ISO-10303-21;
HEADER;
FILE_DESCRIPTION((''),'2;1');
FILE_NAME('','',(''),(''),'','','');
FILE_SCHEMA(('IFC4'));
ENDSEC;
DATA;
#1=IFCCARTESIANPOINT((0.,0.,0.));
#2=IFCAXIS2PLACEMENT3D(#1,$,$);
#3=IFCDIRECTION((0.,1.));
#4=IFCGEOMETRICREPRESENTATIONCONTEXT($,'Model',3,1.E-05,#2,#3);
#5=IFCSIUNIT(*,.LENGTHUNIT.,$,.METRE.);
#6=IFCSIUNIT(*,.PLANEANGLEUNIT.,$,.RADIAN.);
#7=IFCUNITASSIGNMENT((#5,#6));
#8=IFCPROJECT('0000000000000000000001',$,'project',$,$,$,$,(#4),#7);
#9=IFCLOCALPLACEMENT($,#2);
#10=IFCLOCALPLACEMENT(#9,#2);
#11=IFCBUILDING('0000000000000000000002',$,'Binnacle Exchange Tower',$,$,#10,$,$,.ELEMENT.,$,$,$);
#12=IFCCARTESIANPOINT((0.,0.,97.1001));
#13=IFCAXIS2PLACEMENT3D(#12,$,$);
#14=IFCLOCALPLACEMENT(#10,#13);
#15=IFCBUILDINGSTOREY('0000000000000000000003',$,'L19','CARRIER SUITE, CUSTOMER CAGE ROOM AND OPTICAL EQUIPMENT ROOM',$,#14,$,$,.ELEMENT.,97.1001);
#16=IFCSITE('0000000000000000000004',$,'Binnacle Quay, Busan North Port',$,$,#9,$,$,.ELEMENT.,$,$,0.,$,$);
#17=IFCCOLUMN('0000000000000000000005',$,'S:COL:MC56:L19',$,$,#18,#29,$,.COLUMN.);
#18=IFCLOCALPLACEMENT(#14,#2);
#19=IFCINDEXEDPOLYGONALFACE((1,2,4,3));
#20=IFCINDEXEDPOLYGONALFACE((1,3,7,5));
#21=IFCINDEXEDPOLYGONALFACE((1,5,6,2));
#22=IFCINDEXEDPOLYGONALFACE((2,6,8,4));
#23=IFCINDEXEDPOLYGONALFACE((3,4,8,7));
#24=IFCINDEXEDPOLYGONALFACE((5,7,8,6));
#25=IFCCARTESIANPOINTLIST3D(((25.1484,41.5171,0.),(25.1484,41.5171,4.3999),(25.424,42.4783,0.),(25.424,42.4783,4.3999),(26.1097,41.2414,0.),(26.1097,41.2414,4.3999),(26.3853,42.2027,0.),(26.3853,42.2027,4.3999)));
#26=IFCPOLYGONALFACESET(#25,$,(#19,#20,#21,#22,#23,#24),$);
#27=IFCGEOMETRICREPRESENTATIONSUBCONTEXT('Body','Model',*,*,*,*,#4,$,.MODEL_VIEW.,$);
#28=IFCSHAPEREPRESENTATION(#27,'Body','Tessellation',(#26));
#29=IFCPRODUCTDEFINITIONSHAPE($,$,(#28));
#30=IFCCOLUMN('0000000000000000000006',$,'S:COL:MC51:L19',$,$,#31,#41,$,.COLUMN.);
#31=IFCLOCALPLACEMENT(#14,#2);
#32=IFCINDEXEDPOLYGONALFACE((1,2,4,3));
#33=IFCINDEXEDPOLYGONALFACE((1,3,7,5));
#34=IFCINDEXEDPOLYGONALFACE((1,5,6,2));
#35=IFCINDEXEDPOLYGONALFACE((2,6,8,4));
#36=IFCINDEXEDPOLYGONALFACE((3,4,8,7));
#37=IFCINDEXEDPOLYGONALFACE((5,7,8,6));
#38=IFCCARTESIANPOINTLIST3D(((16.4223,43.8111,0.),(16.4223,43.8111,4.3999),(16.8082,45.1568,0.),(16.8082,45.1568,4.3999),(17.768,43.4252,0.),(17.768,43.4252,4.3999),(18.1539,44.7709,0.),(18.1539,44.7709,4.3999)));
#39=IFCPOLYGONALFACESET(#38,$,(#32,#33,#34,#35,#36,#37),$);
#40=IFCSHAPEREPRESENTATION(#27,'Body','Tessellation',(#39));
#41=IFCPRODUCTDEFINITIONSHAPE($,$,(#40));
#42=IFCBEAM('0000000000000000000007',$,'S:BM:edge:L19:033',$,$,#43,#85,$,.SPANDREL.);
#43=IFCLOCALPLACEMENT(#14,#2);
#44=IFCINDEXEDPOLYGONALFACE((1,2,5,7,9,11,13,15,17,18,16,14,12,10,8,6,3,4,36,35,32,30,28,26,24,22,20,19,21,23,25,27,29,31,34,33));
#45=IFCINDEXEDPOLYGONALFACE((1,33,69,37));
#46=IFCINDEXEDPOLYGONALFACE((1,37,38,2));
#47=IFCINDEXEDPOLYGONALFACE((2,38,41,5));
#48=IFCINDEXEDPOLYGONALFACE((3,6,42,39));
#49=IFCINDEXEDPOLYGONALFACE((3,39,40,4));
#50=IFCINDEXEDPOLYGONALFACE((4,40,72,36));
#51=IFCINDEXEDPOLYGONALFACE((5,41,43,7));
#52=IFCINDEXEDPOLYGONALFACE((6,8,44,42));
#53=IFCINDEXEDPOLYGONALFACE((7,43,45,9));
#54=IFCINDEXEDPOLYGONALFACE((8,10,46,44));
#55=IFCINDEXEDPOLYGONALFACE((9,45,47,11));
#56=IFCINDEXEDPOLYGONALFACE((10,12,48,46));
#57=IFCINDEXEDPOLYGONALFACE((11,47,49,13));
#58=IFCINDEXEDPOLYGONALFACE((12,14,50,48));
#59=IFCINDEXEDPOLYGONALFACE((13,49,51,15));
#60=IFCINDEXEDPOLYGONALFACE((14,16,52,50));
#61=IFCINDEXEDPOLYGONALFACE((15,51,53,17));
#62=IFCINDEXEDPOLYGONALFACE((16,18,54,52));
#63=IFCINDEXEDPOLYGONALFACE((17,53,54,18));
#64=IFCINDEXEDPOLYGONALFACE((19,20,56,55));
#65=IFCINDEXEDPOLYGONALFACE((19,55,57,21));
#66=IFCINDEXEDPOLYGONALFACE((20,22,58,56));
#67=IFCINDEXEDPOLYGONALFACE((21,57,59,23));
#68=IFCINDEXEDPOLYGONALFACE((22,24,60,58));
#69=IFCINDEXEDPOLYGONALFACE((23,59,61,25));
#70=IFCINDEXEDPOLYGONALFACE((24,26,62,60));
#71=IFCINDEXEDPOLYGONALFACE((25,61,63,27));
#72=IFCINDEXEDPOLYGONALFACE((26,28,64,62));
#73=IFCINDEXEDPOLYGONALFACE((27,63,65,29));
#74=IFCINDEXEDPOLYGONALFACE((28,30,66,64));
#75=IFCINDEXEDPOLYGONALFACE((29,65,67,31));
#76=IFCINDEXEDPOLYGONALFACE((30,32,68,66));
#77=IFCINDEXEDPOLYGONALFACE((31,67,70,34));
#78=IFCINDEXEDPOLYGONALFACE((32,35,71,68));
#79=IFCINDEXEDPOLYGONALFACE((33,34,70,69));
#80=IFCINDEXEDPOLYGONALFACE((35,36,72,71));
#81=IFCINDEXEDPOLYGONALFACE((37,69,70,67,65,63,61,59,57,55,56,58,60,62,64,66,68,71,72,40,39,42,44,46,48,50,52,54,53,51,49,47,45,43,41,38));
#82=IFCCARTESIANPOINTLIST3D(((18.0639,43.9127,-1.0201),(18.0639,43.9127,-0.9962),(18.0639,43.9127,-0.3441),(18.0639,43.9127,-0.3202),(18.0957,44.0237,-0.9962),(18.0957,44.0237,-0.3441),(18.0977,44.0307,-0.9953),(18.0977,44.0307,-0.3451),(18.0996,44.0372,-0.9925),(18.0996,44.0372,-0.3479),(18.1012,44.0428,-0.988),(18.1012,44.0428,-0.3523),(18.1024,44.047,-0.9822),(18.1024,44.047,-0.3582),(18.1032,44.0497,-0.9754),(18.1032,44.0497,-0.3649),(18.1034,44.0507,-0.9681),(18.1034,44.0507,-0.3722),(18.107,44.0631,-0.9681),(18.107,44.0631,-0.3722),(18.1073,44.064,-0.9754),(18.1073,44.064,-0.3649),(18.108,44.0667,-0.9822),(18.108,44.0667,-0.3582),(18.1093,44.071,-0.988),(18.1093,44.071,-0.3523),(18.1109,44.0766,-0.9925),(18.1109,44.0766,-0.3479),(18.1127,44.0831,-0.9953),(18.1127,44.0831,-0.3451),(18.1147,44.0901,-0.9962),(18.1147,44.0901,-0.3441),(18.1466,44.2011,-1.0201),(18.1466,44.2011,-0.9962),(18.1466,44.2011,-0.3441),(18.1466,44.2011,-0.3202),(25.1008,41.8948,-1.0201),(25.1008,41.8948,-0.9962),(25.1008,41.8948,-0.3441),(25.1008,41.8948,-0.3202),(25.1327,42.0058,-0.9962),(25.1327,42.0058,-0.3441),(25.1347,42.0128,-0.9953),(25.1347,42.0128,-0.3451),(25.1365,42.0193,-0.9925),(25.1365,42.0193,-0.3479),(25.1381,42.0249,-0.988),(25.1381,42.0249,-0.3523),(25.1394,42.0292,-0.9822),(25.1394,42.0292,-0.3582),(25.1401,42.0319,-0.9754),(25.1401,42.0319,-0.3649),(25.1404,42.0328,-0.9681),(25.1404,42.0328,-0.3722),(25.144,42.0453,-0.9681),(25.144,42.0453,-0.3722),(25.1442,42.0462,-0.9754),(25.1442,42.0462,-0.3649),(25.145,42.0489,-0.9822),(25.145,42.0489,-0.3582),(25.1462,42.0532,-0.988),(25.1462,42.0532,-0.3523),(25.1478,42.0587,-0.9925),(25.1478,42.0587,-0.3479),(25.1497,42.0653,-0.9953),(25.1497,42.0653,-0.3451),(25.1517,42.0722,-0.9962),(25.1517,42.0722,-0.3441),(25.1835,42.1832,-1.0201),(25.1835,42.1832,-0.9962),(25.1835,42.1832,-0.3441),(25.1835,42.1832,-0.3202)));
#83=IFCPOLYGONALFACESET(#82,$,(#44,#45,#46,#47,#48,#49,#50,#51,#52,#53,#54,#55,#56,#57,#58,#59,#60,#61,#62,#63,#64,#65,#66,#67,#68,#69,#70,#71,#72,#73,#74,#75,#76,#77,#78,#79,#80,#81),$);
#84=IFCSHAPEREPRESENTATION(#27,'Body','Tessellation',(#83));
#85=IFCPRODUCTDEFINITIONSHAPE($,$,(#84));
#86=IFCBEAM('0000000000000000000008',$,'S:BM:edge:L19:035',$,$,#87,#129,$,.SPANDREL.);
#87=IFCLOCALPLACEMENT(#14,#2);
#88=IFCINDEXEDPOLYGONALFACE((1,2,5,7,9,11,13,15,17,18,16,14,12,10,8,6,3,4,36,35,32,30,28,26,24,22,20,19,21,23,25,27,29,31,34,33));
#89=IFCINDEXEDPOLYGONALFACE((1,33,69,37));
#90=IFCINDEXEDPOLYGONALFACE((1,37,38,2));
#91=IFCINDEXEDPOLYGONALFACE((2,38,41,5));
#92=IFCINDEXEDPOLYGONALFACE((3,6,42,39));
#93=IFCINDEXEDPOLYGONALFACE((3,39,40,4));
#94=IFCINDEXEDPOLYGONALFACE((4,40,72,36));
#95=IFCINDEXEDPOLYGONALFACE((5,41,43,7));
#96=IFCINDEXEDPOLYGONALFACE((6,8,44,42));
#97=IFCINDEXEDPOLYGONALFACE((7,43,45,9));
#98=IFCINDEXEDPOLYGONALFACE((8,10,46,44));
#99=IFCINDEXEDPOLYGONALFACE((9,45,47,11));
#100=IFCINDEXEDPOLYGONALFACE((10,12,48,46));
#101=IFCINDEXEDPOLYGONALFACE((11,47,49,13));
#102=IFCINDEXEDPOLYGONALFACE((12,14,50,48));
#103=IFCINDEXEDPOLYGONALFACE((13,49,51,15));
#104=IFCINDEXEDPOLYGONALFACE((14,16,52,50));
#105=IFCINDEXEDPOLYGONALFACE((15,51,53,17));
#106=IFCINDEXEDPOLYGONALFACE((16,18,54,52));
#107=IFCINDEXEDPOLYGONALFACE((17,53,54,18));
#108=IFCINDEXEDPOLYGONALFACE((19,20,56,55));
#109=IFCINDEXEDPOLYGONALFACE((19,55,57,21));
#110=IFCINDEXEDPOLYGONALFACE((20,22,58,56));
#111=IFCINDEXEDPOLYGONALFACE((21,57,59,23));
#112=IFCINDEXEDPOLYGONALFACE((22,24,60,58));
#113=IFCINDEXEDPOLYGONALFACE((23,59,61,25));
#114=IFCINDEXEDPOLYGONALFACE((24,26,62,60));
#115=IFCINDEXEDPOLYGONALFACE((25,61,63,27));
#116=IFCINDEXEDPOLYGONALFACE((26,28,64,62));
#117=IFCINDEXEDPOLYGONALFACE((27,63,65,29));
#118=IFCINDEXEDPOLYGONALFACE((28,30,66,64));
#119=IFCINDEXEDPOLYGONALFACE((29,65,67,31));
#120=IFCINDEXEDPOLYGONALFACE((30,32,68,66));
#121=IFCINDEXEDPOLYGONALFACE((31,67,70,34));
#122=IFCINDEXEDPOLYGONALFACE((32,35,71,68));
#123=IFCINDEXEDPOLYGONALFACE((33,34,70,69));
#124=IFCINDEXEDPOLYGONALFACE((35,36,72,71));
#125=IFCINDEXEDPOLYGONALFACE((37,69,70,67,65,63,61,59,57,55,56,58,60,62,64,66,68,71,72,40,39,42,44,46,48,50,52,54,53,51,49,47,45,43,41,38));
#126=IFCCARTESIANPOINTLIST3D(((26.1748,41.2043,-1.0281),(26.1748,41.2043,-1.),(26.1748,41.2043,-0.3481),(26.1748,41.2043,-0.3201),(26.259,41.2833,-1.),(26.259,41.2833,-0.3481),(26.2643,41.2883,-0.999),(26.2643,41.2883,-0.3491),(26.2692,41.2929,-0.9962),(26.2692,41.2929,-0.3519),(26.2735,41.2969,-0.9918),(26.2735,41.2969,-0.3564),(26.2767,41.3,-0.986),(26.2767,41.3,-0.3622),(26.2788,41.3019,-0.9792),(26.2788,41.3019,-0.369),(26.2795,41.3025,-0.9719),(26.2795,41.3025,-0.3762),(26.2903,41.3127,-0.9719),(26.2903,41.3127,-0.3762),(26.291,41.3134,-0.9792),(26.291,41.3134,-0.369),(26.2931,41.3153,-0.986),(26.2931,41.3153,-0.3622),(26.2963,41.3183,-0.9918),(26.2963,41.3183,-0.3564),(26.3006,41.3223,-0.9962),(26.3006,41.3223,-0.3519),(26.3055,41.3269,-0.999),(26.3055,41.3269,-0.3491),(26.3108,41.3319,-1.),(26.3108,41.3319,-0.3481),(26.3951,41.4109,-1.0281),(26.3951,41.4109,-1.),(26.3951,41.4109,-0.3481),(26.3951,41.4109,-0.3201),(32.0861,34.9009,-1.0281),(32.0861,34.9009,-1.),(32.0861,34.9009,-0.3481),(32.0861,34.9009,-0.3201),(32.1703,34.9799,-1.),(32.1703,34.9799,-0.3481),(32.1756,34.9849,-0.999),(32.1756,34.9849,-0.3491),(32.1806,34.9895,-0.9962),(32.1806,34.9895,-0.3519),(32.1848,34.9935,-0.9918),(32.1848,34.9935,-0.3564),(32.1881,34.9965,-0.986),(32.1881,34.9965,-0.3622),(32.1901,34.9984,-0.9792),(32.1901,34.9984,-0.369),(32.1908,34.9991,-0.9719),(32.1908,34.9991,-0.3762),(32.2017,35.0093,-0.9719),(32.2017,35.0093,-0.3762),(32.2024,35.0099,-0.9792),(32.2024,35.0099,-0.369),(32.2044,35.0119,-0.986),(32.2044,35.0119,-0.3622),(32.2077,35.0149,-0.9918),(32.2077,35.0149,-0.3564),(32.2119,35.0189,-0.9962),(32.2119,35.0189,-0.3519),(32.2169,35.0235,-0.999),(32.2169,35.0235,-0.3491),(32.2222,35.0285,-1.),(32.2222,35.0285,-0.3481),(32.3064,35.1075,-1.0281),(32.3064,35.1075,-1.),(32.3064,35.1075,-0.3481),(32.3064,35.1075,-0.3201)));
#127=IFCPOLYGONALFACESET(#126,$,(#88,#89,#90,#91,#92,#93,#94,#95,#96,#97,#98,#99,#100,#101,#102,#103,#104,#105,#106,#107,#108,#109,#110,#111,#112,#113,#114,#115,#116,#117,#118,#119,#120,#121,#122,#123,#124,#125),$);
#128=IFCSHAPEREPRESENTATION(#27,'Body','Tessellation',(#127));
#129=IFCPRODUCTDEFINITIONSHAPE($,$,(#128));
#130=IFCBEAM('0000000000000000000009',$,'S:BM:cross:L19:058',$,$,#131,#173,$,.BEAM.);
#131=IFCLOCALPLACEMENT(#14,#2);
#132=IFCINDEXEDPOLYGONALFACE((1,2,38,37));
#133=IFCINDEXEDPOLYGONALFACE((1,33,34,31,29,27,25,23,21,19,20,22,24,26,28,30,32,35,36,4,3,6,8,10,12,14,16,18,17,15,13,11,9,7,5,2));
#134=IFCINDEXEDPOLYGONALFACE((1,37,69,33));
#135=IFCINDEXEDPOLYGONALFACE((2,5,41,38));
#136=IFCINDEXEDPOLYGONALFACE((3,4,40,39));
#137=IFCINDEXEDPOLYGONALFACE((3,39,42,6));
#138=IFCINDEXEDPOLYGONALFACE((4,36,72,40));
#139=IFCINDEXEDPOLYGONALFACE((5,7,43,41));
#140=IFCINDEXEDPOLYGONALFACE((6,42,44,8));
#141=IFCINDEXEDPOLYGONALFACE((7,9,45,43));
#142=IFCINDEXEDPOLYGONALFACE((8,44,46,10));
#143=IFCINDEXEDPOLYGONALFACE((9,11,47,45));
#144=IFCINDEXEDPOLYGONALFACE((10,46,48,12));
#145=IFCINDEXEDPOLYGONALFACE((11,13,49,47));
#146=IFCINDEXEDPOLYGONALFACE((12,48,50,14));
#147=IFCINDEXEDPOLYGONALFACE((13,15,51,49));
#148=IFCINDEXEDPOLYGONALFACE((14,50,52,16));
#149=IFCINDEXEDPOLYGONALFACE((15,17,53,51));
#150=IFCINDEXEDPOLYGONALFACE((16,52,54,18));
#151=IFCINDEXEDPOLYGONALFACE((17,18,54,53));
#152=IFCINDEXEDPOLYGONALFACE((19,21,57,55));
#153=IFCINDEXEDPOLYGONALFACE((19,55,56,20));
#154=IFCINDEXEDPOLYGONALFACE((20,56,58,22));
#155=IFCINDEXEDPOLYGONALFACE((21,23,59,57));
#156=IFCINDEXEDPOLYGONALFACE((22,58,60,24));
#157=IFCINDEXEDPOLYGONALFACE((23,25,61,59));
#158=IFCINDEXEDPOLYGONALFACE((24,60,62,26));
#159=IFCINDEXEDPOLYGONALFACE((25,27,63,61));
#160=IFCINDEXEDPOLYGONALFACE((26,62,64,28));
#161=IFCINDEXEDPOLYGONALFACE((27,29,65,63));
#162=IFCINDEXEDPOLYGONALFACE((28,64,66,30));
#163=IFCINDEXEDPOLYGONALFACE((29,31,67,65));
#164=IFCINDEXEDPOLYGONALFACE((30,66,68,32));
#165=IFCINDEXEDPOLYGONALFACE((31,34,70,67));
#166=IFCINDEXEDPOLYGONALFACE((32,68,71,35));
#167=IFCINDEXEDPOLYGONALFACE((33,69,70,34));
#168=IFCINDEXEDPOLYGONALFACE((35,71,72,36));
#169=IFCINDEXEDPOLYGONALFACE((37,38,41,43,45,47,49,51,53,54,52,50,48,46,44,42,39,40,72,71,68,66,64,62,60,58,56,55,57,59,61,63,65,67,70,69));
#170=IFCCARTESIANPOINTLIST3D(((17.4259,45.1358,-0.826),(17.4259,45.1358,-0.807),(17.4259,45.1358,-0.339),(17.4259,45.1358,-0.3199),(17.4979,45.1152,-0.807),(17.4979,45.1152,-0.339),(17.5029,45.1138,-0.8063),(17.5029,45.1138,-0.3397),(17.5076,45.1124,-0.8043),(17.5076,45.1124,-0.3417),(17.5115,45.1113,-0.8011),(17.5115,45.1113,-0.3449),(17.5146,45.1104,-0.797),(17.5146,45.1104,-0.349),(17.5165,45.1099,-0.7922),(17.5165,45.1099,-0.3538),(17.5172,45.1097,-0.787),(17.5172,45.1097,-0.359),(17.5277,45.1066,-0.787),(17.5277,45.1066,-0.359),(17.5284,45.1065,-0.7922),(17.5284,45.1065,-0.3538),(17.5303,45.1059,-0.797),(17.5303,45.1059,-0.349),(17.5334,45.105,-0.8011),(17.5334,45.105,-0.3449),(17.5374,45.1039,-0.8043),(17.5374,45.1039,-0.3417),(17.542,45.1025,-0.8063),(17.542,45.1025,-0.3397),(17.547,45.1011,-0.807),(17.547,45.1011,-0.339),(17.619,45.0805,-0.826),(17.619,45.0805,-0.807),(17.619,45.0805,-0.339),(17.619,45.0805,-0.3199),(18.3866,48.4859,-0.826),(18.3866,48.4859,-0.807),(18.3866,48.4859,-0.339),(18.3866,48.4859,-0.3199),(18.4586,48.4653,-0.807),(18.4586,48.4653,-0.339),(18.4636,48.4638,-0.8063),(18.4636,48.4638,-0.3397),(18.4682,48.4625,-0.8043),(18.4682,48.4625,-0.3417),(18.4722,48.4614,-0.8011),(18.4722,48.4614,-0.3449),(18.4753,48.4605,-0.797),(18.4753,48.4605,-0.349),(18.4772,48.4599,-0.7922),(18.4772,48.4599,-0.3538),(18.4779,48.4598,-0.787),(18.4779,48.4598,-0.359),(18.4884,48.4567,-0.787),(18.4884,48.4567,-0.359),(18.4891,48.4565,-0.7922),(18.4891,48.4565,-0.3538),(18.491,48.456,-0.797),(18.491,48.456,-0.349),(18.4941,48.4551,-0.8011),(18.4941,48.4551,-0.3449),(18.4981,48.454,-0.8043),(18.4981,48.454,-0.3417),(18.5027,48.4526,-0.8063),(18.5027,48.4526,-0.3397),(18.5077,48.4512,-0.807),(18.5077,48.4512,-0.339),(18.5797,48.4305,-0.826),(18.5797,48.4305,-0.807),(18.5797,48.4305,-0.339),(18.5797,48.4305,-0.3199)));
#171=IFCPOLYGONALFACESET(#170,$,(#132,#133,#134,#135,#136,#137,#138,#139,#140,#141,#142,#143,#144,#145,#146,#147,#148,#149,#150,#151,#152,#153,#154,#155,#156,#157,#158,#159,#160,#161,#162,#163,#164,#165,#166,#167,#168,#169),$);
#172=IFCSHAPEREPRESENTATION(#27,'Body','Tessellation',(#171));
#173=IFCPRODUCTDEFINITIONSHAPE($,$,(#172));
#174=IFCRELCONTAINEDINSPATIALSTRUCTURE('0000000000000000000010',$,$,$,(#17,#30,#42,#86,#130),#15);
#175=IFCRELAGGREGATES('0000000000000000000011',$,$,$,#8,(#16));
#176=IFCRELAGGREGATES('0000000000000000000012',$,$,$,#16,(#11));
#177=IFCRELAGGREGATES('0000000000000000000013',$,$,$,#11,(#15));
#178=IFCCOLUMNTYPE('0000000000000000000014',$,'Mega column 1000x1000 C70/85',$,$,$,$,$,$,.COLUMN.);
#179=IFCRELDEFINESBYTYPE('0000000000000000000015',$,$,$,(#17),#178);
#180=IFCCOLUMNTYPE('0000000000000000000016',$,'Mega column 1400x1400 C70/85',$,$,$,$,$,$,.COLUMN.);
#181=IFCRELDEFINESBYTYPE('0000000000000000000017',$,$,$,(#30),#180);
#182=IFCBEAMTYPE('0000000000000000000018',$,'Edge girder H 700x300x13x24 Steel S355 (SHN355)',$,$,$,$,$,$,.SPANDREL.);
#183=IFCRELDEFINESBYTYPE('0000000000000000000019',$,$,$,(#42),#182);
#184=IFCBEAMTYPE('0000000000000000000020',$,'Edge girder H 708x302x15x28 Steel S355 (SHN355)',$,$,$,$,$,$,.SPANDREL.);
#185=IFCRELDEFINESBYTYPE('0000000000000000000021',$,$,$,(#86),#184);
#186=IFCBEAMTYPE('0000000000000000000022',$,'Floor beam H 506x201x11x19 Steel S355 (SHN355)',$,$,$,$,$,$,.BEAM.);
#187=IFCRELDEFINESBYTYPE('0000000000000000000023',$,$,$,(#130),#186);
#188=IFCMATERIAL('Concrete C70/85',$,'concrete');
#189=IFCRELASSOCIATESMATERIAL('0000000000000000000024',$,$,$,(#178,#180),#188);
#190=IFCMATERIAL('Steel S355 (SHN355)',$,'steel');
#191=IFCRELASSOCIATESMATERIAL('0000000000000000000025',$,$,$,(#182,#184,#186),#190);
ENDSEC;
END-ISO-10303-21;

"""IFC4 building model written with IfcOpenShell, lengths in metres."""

from ifc_helpers import new_model, si_unit, direction, frame, origin, origin_2d, place, context, subcontext, project, spatial, rectangle, i_section, extrude, material, material_profile, profile_set, type_object, element, save


model = new_model("IFC4")

# Units and contexts
model_context = context("Model", 3, precision=1e-05, world=origin(), true_north=direction((0.0, 1.0)))
body_context = subcontext(model_context, "Body", "Model", "MODEL_VIEW")
ifc_project = project(units=[si_unit("LENGTHUNIT", "METRE"), si_unit("PLANEANGLEUNIT", "RADIAN")], contexts=[model_context])

# Site, building, storey
site_placement = place(None, origin())
site = spatial("IfcSite", under=ifc_project, at=site_placement, Name="Binnacle Quay, Busan North Port", CompositionType="ELEMENT", RefElevation=0.0)
building_placement = place(site_placement, origin())
building = spatial("IfcBuilding", under=site, at=building_placement, Name="Binnacle Exchange Tower", CompositionType="ELEMENT")
storey_placement = place(building_placement, frame((0.0, 0.0, 97.1001)))
storey = spatial("IfcBuildingStorey", under=building, at=storey_placement, Name="L19", Description="CARRIER SUITE, CUSTOMER CAGE ROOM AND OPTICAL EQUIPMENT ROOM", CompositionType="ELEMENT", Elevation=97.1001)

# Columns
ifc_material_1 = material(Name="Concrete C70/85", Category="concrete")
ifc_material_profile_1 = material_profile(ifc_material_1, rectangle(XDim=1.0, YDim=1.0, at=origin_2d()), Name="Mega column 1000x1000 C70/85")
ifc_profile_set_1 = profile_set([ifc_material_profile_1], Name="Concrete C70/85")
column_type_1 = type_object("IfcColumnType", Name="Mega column 1000x1000 C70/85", PredefinedType="COLUMN", material=ifc_profile_set_1)
column_1_placement = place(storey_placement, frame((25.7668, 41.8599, 0.0), z_axis=(0.0, 0.0, 1.0), x_axis=(0.961262, -0.275637, 0.0)))
element("IfcColumn", 1, at=column_1_placement, inside=storey, type_object=column_type_1, Name="S:COL:MC56:L19", PredefinedType="COLUMN", context=body_context, shape_type="SweptSolid", body=[
    extrude(rectangle(XDim=1.0, YDim=1.0, at=origin_2d()), origin(), (0.0, 0.0, 1.0), 4.3999),
])
ifc_material_profile_2 = material_profile(ifc_material_1, rectangle(XDim=1.3999, YDim=1.3999, at=origin_2d()), Name="Mega column 1400x1400 C70/85")
ifc_profile_set_2 = profile_set([ifc_material_profile_2], Name="Concrete C70/85")
column_type_2 = type_object("IfcColumnType", Name="Mega column 1400x1400 C70/85", PredefinedType="COLUMN", material=ifc_profile_set_2)
column_2_placement = place(storey_placement, frame((17.2881, 44.291, 0.0), z_axis=(0.0, 0.0, 1.0), x_axis=(0.961262, -0.275637, 0.0)))
element("IfcColumn", 2, at=column_2_placement, inside=storey, type_object=column_type_2, Name="S:COL:MC51:L19", PredefinedType="COLUMN", context=body_context, shape_type="SweptSolid", body=[
    extrude(rectangle(XDim=1.3999, YDim=1.3999, at=origin_2d()), origin(), (0.0, 0.0, 1.0), 4.3999),
])

# Beams
ifc_material_2 = material(Name="Steel S355 (SHN355)", Category="steel")
ifc_material_profile_3 = material_profile(ifc_material_2, i_section(OverallWidth=0.3, OverallDepth=0.7, WebThickness=0.0129, FlangeThickness=0.0239, FilletRadius=0.0281, at=origin_2d()), Name="H 700x300x13x24")
ifc_profile_set_3 = profile_set([ifc_material_profile_3], Name="Steel S355 (SHN355)")
beam_type_1 = type_object("IfcBeamType", Name="Edge girder H 700x300x13x24 Steel S355 (SHN355)", PredefinedType="SPANDREL", material=ifc_profile_set_3)
beam_1_placement = place(storey_placement, frame((18.1052, 44.0569, -0.6702), z_axis=(0.96126, -0.275642, 0.0), x_axis=(0.275642, 0.96126, 0.0)))
element("IfcBeam", 3, at=beam_1_placement, inside=storey, type_object=beam_type_1, Name="S:BM:edge:L19:033", PredefinedType="SPANDREL", context=body_context, shape_type="SweptSolid", body=[
    extrude(i_section(OverallWidth=0.3, OverallDepth=0.7, WebThickness=0.0129, FlangeThickness=0.0239, FilletRadius=0.0281, at=origin_2d()), origin(), (0.0, 0.0, 1.0), 7.3206),
])
ifc_material_profile_4 = material_profile(ifc_material_2, i_section(OverallWidth=0.302, OverallDepth=0.708, WebThickness=0.0149, FlangeThickness=0.0281, FilletRadius=0.0281, at=origin_2d()), Name="H 708x302x15x28")
ifc_profile_set_4 = profile_set([ifc_material_profile_4], Name="Steel S355 (SHN355)")
beam_type_2 = type_object("IfcBeamType", Name="Edge girder H 708x302x15x28 Steel S355 (SHN355)", PredefinedType="SPANDREL", material=ifc_profile_set_4)
beam_2_placement = place(storey_placement, frame((26.2849, 41.3076, -0.6741), z_axis=(0.684057, -0.729429, 0.0), x_axis=(0.729429, 0.684057, 0.0)))
element("IfcBeam", 4, at=beam_2_placement, inside=storey, type_object=beam_type_2, Name="S:BM:edge:L19:035", PredefinedType="SPANDREL", context=body_context, shape_type="SweptSolid", body=[
    extrude(i_section(OverallWidth=0.302, OverallDepth=0.708, WebThickness=0.0149, FlangeThickness=0.0281, FilletRadius=0.0281, at=origin_2d()), origin(), (0.0, 0.0, 1.0), 8.6416),
])
ifc_material_profile_5 = material_profile(ifc_material_2, i_section(OverallWidth=0.2009, OverallDepth=0.5061, WebThickness=0.011, FlangeThickness=0.019, FilletRadius=0.02, at=origin_2d()), Name="H 506x201x11x19")
ifc_profile_set_5 = profile_set([ifc_material_profile_5], Name="Steel S355 (SHN355)")
beam_type_3 = type_object("IfcBeamType", Name="Floor beam H 506x201x11x19 Steel S355 (SHN355)", PredefinedType="BEAM", material=ifc_profile_set_5)
beam_3_placement = place(storey_placement, frame((17.5225, 45.1082, -0.573), z_axis=(0.275655, 0.961257, 0.0), x_axis=(-0.961257, 0.275655, 0.0)))
element("IfcBeam", 5, at=beam_3_placement, inside=storey, type_object=beam_type_3, Name="S:BM:cross:L19:058", PredefinedType="BEAM", context=body_context, shape_type="SweptSolid", body=[
    extrude(i_section(OverallWidth=0.2009, OverallDepth=0.5061, WebThickness=0.011, FlangeThickness=0.019, FilletRadius=0.02, at=origin_2d()), origin(), (0.0, 0.0, 1.0), 3.4851),
])

save(model, "model.ifc")
